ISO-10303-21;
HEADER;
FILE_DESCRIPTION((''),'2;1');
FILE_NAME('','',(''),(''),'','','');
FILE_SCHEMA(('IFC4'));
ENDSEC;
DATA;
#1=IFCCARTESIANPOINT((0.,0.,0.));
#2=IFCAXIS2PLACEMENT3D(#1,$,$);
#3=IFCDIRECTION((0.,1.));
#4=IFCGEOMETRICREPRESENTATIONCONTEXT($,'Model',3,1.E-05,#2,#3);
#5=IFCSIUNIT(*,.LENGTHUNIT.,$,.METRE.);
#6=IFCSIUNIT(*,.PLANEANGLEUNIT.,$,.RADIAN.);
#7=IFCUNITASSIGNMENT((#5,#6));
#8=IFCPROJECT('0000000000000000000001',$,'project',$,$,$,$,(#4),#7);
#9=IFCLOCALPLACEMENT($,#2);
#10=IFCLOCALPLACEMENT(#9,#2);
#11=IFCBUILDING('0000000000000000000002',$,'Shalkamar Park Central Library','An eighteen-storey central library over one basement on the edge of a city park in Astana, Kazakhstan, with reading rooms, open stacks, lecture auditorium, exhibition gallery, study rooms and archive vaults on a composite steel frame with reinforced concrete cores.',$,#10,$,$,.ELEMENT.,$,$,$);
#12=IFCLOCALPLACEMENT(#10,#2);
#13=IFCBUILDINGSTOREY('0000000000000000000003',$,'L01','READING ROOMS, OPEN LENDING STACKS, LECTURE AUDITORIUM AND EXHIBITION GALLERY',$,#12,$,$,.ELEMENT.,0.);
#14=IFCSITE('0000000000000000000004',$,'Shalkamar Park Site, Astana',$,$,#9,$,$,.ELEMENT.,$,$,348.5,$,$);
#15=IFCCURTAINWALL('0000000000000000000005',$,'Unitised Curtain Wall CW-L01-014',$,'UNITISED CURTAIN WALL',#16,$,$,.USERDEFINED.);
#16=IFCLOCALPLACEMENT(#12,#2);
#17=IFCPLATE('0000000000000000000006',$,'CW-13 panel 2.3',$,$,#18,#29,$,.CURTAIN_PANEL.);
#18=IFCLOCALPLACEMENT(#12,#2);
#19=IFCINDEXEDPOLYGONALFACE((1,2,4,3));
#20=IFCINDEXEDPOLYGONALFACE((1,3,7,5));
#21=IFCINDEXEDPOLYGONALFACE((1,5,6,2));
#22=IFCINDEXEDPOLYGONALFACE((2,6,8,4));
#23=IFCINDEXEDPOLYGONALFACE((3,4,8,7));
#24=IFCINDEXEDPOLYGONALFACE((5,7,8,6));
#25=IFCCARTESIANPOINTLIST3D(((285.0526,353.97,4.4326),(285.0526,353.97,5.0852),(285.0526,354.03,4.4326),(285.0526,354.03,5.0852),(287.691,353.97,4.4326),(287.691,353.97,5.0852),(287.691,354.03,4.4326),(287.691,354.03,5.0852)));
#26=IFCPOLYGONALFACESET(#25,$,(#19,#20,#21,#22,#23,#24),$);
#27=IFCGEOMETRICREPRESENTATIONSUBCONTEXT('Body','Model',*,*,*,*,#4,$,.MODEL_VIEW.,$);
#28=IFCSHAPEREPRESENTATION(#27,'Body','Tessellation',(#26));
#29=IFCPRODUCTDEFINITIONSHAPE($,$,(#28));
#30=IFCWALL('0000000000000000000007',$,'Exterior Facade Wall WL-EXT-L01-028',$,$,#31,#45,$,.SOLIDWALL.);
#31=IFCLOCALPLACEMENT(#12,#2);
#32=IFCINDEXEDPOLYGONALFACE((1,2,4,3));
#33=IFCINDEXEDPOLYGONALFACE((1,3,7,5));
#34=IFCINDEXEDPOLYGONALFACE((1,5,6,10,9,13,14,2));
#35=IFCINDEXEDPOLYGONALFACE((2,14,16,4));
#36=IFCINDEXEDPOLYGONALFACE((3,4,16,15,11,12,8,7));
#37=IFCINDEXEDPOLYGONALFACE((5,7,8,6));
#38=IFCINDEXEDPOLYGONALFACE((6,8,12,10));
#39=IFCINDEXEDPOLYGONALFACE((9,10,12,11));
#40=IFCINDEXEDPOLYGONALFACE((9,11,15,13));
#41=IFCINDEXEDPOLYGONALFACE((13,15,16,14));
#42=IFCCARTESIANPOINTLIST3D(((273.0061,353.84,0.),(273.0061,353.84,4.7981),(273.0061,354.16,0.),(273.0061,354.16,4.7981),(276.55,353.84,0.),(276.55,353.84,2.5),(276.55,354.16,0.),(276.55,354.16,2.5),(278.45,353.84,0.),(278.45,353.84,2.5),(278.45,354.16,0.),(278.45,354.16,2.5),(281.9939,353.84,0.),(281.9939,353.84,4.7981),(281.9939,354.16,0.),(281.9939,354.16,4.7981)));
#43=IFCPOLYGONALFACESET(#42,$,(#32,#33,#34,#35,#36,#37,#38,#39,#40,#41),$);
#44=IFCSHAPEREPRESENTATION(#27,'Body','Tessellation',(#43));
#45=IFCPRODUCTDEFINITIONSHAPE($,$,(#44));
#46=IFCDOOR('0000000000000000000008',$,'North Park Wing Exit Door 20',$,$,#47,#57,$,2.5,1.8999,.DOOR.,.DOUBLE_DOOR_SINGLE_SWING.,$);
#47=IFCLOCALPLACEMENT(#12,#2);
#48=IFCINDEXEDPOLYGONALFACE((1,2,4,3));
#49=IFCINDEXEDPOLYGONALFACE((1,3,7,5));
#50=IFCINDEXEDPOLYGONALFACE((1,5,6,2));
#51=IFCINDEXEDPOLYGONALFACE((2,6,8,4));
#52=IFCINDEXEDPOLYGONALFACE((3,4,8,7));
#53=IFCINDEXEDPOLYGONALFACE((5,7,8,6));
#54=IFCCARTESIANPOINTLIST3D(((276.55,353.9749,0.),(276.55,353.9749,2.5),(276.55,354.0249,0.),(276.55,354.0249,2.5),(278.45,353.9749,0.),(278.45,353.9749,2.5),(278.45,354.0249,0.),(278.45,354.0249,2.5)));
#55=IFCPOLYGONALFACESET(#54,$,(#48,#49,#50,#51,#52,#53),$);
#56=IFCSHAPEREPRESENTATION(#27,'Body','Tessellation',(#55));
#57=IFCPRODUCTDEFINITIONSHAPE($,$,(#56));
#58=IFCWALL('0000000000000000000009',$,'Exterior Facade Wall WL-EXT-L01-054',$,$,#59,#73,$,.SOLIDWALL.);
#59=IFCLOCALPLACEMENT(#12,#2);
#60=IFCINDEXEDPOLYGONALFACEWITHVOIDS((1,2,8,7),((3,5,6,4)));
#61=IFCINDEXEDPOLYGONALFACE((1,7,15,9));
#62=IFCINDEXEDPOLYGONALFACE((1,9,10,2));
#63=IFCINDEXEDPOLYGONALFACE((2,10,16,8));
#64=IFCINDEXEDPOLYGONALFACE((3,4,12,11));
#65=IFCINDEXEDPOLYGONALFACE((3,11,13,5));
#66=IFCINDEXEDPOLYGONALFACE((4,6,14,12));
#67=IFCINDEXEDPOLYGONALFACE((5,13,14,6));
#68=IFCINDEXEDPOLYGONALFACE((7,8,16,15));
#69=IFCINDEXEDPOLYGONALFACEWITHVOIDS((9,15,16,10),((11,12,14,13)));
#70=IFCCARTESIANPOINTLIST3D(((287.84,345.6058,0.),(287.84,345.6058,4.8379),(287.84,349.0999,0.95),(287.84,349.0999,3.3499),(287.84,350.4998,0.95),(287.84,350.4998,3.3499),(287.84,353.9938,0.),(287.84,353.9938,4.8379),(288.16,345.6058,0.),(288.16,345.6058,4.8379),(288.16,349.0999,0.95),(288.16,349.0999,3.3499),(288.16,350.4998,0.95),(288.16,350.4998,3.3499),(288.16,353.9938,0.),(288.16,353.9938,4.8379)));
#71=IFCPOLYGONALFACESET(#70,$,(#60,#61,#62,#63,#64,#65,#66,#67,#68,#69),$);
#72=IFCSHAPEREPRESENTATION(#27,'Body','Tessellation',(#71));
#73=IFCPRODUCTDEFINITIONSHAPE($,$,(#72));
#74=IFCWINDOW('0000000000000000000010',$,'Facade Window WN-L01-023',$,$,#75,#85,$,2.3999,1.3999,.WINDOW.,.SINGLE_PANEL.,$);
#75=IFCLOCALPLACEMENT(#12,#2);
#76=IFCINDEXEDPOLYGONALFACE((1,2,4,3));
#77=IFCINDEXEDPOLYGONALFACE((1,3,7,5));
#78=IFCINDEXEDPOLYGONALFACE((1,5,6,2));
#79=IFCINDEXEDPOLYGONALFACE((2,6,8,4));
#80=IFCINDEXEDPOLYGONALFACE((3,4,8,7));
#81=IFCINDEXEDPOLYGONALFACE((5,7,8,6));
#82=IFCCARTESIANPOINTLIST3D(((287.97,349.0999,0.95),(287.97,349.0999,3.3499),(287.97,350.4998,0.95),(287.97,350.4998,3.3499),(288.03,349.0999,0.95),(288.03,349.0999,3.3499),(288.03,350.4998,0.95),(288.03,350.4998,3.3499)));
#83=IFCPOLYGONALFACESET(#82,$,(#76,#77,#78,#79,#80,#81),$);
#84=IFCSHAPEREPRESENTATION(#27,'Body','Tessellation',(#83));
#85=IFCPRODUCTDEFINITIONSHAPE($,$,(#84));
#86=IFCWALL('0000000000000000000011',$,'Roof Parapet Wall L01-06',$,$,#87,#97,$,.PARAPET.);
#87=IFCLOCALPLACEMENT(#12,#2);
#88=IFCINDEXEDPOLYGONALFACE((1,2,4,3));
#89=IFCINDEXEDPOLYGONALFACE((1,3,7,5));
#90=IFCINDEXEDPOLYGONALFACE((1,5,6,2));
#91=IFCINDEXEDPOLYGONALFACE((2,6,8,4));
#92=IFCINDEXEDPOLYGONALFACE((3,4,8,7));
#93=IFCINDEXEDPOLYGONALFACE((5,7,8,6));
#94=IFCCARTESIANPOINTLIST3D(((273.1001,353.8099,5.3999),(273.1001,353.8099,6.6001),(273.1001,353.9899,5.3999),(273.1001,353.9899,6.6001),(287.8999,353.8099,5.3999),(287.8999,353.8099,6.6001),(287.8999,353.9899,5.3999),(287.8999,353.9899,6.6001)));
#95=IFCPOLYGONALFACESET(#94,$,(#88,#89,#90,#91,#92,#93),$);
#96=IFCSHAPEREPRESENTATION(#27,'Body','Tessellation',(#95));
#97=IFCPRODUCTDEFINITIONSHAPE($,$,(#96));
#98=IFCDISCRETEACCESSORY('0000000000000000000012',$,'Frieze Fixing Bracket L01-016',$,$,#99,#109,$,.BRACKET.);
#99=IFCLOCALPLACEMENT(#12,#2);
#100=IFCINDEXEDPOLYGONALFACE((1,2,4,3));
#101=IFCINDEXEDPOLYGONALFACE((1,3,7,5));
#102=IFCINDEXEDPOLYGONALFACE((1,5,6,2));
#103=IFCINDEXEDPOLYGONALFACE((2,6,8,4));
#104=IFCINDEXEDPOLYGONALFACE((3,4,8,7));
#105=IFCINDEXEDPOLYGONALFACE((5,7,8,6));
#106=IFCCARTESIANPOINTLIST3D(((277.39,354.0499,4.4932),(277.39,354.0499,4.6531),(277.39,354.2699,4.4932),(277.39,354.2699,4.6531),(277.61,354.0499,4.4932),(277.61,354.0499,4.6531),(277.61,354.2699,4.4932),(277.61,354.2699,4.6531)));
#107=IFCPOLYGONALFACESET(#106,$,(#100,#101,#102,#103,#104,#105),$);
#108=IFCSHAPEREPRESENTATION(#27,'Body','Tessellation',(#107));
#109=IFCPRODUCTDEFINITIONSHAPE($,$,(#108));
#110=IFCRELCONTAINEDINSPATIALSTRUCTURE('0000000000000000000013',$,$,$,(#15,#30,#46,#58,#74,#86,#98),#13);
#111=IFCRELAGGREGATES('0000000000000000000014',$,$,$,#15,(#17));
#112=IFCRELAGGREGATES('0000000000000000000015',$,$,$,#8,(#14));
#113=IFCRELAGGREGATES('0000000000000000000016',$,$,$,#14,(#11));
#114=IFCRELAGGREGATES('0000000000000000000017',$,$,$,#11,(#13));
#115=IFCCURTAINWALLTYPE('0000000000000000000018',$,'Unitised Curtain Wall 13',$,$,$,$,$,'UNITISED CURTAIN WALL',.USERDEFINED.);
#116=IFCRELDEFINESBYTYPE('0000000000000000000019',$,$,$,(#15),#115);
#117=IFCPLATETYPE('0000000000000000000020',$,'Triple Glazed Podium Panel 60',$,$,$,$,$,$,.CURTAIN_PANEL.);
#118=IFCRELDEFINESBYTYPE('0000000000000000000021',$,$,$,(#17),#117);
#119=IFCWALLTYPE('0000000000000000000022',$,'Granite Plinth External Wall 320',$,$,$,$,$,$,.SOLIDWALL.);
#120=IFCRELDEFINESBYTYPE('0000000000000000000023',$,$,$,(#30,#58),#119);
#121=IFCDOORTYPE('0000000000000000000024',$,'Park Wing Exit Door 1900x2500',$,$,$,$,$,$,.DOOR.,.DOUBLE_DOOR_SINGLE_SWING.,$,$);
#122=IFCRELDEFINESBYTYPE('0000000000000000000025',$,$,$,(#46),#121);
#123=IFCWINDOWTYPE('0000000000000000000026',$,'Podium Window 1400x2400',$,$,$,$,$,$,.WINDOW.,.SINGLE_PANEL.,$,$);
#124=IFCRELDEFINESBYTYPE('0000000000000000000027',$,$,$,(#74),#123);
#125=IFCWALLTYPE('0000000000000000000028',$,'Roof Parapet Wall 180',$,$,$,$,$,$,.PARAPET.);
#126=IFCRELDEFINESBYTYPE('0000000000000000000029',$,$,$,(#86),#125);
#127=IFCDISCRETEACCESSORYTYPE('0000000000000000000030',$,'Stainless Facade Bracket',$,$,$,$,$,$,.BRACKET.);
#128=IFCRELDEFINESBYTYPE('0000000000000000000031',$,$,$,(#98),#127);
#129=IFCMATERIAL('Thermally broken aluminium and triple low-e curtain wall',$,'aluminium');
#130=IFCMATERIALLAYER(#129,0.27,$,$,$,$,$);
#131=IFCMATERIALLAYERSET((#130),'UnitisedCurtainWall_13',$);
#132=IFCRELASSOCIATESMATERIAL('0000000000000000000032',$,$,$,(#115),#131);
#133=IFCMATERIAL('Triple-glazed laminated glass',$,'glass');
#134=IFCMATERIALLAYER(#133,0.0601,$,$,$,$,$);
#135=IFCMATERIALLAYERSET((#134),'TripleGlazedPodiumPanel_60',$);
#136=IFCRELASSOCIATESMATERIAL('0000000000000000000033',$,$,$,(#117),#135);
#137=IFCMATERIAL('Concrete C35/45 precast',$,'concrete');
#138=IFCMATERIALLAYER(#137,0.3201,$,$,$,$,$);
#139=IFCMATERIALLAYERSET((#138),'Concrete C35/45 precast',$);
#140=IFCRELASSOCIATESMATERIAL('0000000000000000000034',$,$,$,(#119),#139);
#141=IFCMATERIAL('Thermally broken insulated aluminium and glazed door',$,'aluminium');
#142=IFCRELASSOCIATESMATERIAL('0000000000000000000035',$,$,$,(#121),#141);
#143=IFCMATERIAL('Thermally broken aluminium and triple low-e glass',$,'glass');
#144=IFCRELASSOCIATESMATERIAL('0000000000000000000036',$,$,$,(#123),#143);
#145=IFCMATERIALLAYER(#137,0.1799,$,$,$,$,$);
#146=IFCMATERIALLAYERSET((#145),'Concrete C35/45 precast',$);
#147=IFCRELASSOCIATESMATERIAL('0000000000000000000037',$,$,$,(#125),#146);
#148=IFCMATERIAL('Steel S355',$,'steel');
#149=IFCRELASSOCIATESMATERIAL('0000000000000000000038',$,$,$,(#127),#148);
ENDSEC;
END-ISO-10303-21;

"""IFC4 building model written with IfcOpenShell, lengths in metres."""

from ifc_helpers import new_model, si_unit, direction, frame, frame_2d, origin, origin_2d, place, context, subcontext, project, spatial, rectangle, extrude, material, layer, layer_set, type_object, element, fill, aggregate, save


model = new_model("IFC4")

# Units and contexts
model_context = context("Model", 3, precision=1e-05, world=origin(), true_north=direction((0.0, 1.0)))
body_context = subcontext(model_context, "Body", "Model", "MODEL_VIEW")
ifc_project = project(units=[si_unit("LENGTHUNIT", "METRE"), si_unit("PLANEANGLEUNIT", "RADIAN")], contexts=[model_context])

# Site, building, storey
site_placement = place(None, origin())
site = spatial("IfcSite", under=ifc_project, at=site_placement, Name="Shalkamar Park Site, Astana", CompositionType="ELEMENT", RefElevation=348.5)
building_placement = place(site_placement, origin())
building = spatial("IfcBuilding", under=site, at=building_placement, Name="Shalkamar Park Central Library", Description="An eighteen-storey central library over one basement on the edge of a city park in Astana, Kazakhstan, with reading rooms, open stacks, lecture auditorium, exhibition gallery, study rooms and archive vaults on a composite steel frame with reinforced concrete cores.", CompositionType="ELEMENT")
storey_placement = place(building_placement, origin())
storey = spatial("IfcBuildingStorey", under=building, at=storey_placement, Name="L01", Description="READING ROOMS, OPEN LENDING STACKS, LECTURE AUDITORIUM AND EXHIBITION GALLERY", CompositionType="ELEMENT", Elevation=0.0)

# Shared definitions
ifc_material_1 = material(Name="Steel S355", Category="steel")

# Curtain wall
ifc_material_2 = material(Name="Thermally broken aluminium and triple low-e curtain wall", Category="aluminium")
ifc_layer_1 = layer(ifc_material_2, 0.27)
ifc_layer_set_1 = layer_set([ifc_layer_1], Name="UnitisedCurtainWall_13")
curtain_wall_type = type_object("IfcCurtainWallType", Name="Unitised Curtain Wall 13", ElementType="UNITISED CURTAIN WALL", PredefinedType="USERDEFINED", material=ifc_layer_set_1)
curtain_wall_placement = place(storey_placement, origin())
curtain_wall = element("IfcCurtainWall", 1, at=curtain_wall_placement, inside=storey, type_object=curtain_wall_type, Name="Unitised Curtain Wall CW-L01-014", ObjectType="UNITISED CURTAIN WALL", PredefinedType="USERDEFINED")

# Plate
ifc_material_3 = material(Name="Triple-glazed laminated glass", Category="glass")
ifc_layer_2 = layer(ifc_material_3, 0.0601)
ifc_layer_set_2 = layer_set([ifc_layer_2], Name="TripleGlazedPodiumPanel_60")
plate_type_1 = type_object("IfcPlateType", Name="Triple Glazed Podium Panel 60", PredefinedType="CURTAIN_PANEL", material=ifc_layer_set_2)
plate_1_placement = place(storey_placement, frame((286.3718, 354.0, 4.4326), z_axis=(0.0, 0.0, 1.0), x_axis=(1.0, 0.0, 0.0)))
plate_1 = element("IfcPlate", 2, at=plate_1_placement, type_object=plate_type_1, Name="CW-13 panel 2.3", PredefinedType="CURTAIN_PANEL", context=body_context, shape_type="SweptSolid", body=[
    extrude(rectangle(XDim=2.6384, YDim=0.0601, at=origin_2d()), origin(), (0.0, 0.0, 1.0), 0.6526),
])
aggregate(curtain_wall, [plate_1])

# Wall, opening, door
ifc_material_4 = material(Name="Concrete C35/45 precast", Category="concrete")
ifc_layer_3 = layer(ifc_material_4, 0.3201)
ifc_layer_set_3 = layer_set([ifc_layer_3], Name="Concrete C35/45 precast")
wall_type_1 = type_object("IfcWallType", Name="Granite Plinth External Wall 320", PredefinedType="SOLIDWALL", material=ifc_layer_set_3)
wall_1_placement = place(storey_placement, frame((273.0061, 354.0, 0.0), z_axis=(0.0, 0.0, 1.0), x_axis=(1.0, 0.0, 0.0)))
wall_1 = element("IfcWall", 3, at=wall_1_placement, inside=storey, type_object=wall_type_1, Name="Exterior Facade Wall WL-EXT-L01-028", PredefinedType="SOLIDWALL", context=body_context, shape_type="SweptSolid", body=[
    extrude(rectangle(XDim=8.9878, YDim=0.3201, at=frame_2d((4.4939, 0.0))), origin(), (0.0, 0.0, 1.0), 4.7981),
])
opening_1_placement = place(wall_1_placement, frame((3.5439, 0.0, 0.0)))
opening_1 = element("IfcOpeningElement", 4, at=opening_1_placement, cuts=wall_1, PredefinedType="OPENING", context=body_context, shape_type="SweptSolid", body=[
    extrude(rectangle(XDim=1.8999, YDim=2.5, at=frame_2d((0.95, 1.25))), frame((0.0, 0.1748, 0.0), z_axis=(0.0, -1.0, 0.0), x_axis=(1.0, 0.0, 0.0)), (0.0, 0.0, 1.0), 0.3499),
])
ifc_material_5 = material(Name="Thermally broken insulated aluminium and glazed door", Category="aluminium")
door_type = type_object("IfcDoorType", Name="Park Wing Exit Door 1900x2500", OperationType="DOUBLE_DOOR_SINGLE_SWING", PredefinedType="DOOR", material=ifc_material_5)
door_placement = place(opening_1_placement, origin())
door = element("IfcDoor", 5, at=door_placement, inside=storey, type_object=door_type, Name="North Park Wing Exit Door 20", OperationType="DOUBLE_DOOR_SINGLE_SWING", OverallHeight=2.5, OverallWidth=1.8999, PredefinedType="DOOR", context=body_context, shape_type="SweptSolid", body=[
    extrude(rectangle(XDim=1.8999, YDim=2.5, at=frame_2d((0.95, 1.25))), frame((0.0, 0.0249, 0.0), z_axis=(0.0, -1.0, 0.0), x_axis=(1.0, 0.0, 0.0)), (0.0, 0.0, 1.0), 0.05),
])
fill(opening_1, door)

# Wall, opening, window
wall_2_placement = place(storey_placement, frame((288.0, 345.606, 0.0), z_axis=(0.0, 0.0, 1.0), x_axis=(0.0, 1.0, 0.0)))
wall_2 = element("IfcWall", 6, at=wall_2_placement, inside=storey, type_object=wall_type_1, Name="Exterior Facade Wall WL-EXT-L01-054", PredefinedType="SOLIDWALL", context=body_context, shape_type="SweptSolid", body=[
    extrude(rectangle(XDim=8.3879, YDim=0.3201, at=frame_2d((4.1938, 0.0))), origin(), (0.0, 0.0, 1.0), 4.8379),
])
opening_2_placement = place(wall_2_placement, frame((3.4939, 0.0, 0.95)))
opening_2 = element("IfcOpeningElement", 7, at=opening_2_placement, cuts=wall_2, PredefinedType="OPENING", context=body_context, shape_type="SweptSolid", body=[
    extrude(rectangle(XDim=1.3999, YDim=2.3999, at=frame_2d((0.7, 1.2))), frame((0.0, 0.1748, 0.0), z_axis=(0.0, -1.0, 0.0), x_axis=(1.0, 0.0, 0.0)), (0.0, 0.0, 1.0), 0.3499),
])
ifc_material_6 = material(Name="Thermally broken aluminium and triple low-e glass", Category="glass")
window_type = type_object("IfcWindowType", Name="Podium Window 1400x2400", PartitioningType="SINGLE_PANEL", PredefinedType="WINDOW", material=ifc_material_6)
window_placement = place(opening_2_placement, origin())
window = element("IfcWindow", 8, at=window_placement, inside=storey, type_object=window_type, Name="Facade Window WN-L01-023", OverallHeight=2.3999, OverallWidth=1.3999, PartitioningType="SINGLE_PANEL", PredefinedType="WINDOW", context=body_context, shape_type="SweptSolid", body=[
    extrude(rectangle(XDim=1.3999, YDim=2.3999, at=frame_2d((0.7, 1.2))), frame((0.0, 0.03, 0.0), z_axis=(0.0, -1.0, 0.0), x_axis=(1.0, 0.0, 0.0)), (0.0, 0.0, 1.0), 0.0601),
])
fill(opening_2, window)

# Wall
ifc_layer_4 = layer(ifc_material_4, 0.1799)
ifc_layer_set_4 = layer_set([ifc_layer_4], Name="Concrete C35/45 precast")
wall_type_2 = type_object("IfcWallType", Name="Roof Parapet Wall 180", PredefinedType="PARAPET", material=ifc_layer_set_4)
wall_3_placement = place(storey_placement, frame((273.1001, 353.8999, 5.3999), z_axis=(0.0, 0.0, 1.0), x_axis=(1.0, 0.0, 0.0)))
element("IfcWall", 9, at=wall_3_placement, inside=storey, type_object=wall_type_2, Name="Roof Parapet Wall L01-06", PredefinedType="PARAPET", context=body_context, shape_type="SweptSolid", body=[
    extrude(rectangle(XDim=14.7998, YDim=0.1799, at=frame_2d((7.3999, 0.0))), origin(), (0.0, 0.0, 1.0), 1.2002),
])

# Discrete accessory
discrete_accessory_type = type_object("IfcDiscreteAccessoryType", Name="Stainless Facade Bracket", PredefinedType="BRACKET", material=ifc_material_1)
discrete_accessory_placement = place(storey_placement, frame((277.5, 354.1599, 4.4932), z_axis=(0.0, 0.0, 1.0), x_axis=(1.0, 0.0, 0.0)))
element("IfcDiscreteAccessory", 10, at=discrete_accessory_placement, inside=storey, type_object=discrete_accessory_type, Name="Frieze Fixing Bracket L01-016", PredefinedType="BRACKET", context=body_context, shape_type="SweptSolid", body=[
    extrude(rectangle(XDim=0.22, YDim=0.22, at=origin_2d()), origin(), (0.0, 0.0, 1.0), 0.1599),
])

save(model, "model.ifc")
